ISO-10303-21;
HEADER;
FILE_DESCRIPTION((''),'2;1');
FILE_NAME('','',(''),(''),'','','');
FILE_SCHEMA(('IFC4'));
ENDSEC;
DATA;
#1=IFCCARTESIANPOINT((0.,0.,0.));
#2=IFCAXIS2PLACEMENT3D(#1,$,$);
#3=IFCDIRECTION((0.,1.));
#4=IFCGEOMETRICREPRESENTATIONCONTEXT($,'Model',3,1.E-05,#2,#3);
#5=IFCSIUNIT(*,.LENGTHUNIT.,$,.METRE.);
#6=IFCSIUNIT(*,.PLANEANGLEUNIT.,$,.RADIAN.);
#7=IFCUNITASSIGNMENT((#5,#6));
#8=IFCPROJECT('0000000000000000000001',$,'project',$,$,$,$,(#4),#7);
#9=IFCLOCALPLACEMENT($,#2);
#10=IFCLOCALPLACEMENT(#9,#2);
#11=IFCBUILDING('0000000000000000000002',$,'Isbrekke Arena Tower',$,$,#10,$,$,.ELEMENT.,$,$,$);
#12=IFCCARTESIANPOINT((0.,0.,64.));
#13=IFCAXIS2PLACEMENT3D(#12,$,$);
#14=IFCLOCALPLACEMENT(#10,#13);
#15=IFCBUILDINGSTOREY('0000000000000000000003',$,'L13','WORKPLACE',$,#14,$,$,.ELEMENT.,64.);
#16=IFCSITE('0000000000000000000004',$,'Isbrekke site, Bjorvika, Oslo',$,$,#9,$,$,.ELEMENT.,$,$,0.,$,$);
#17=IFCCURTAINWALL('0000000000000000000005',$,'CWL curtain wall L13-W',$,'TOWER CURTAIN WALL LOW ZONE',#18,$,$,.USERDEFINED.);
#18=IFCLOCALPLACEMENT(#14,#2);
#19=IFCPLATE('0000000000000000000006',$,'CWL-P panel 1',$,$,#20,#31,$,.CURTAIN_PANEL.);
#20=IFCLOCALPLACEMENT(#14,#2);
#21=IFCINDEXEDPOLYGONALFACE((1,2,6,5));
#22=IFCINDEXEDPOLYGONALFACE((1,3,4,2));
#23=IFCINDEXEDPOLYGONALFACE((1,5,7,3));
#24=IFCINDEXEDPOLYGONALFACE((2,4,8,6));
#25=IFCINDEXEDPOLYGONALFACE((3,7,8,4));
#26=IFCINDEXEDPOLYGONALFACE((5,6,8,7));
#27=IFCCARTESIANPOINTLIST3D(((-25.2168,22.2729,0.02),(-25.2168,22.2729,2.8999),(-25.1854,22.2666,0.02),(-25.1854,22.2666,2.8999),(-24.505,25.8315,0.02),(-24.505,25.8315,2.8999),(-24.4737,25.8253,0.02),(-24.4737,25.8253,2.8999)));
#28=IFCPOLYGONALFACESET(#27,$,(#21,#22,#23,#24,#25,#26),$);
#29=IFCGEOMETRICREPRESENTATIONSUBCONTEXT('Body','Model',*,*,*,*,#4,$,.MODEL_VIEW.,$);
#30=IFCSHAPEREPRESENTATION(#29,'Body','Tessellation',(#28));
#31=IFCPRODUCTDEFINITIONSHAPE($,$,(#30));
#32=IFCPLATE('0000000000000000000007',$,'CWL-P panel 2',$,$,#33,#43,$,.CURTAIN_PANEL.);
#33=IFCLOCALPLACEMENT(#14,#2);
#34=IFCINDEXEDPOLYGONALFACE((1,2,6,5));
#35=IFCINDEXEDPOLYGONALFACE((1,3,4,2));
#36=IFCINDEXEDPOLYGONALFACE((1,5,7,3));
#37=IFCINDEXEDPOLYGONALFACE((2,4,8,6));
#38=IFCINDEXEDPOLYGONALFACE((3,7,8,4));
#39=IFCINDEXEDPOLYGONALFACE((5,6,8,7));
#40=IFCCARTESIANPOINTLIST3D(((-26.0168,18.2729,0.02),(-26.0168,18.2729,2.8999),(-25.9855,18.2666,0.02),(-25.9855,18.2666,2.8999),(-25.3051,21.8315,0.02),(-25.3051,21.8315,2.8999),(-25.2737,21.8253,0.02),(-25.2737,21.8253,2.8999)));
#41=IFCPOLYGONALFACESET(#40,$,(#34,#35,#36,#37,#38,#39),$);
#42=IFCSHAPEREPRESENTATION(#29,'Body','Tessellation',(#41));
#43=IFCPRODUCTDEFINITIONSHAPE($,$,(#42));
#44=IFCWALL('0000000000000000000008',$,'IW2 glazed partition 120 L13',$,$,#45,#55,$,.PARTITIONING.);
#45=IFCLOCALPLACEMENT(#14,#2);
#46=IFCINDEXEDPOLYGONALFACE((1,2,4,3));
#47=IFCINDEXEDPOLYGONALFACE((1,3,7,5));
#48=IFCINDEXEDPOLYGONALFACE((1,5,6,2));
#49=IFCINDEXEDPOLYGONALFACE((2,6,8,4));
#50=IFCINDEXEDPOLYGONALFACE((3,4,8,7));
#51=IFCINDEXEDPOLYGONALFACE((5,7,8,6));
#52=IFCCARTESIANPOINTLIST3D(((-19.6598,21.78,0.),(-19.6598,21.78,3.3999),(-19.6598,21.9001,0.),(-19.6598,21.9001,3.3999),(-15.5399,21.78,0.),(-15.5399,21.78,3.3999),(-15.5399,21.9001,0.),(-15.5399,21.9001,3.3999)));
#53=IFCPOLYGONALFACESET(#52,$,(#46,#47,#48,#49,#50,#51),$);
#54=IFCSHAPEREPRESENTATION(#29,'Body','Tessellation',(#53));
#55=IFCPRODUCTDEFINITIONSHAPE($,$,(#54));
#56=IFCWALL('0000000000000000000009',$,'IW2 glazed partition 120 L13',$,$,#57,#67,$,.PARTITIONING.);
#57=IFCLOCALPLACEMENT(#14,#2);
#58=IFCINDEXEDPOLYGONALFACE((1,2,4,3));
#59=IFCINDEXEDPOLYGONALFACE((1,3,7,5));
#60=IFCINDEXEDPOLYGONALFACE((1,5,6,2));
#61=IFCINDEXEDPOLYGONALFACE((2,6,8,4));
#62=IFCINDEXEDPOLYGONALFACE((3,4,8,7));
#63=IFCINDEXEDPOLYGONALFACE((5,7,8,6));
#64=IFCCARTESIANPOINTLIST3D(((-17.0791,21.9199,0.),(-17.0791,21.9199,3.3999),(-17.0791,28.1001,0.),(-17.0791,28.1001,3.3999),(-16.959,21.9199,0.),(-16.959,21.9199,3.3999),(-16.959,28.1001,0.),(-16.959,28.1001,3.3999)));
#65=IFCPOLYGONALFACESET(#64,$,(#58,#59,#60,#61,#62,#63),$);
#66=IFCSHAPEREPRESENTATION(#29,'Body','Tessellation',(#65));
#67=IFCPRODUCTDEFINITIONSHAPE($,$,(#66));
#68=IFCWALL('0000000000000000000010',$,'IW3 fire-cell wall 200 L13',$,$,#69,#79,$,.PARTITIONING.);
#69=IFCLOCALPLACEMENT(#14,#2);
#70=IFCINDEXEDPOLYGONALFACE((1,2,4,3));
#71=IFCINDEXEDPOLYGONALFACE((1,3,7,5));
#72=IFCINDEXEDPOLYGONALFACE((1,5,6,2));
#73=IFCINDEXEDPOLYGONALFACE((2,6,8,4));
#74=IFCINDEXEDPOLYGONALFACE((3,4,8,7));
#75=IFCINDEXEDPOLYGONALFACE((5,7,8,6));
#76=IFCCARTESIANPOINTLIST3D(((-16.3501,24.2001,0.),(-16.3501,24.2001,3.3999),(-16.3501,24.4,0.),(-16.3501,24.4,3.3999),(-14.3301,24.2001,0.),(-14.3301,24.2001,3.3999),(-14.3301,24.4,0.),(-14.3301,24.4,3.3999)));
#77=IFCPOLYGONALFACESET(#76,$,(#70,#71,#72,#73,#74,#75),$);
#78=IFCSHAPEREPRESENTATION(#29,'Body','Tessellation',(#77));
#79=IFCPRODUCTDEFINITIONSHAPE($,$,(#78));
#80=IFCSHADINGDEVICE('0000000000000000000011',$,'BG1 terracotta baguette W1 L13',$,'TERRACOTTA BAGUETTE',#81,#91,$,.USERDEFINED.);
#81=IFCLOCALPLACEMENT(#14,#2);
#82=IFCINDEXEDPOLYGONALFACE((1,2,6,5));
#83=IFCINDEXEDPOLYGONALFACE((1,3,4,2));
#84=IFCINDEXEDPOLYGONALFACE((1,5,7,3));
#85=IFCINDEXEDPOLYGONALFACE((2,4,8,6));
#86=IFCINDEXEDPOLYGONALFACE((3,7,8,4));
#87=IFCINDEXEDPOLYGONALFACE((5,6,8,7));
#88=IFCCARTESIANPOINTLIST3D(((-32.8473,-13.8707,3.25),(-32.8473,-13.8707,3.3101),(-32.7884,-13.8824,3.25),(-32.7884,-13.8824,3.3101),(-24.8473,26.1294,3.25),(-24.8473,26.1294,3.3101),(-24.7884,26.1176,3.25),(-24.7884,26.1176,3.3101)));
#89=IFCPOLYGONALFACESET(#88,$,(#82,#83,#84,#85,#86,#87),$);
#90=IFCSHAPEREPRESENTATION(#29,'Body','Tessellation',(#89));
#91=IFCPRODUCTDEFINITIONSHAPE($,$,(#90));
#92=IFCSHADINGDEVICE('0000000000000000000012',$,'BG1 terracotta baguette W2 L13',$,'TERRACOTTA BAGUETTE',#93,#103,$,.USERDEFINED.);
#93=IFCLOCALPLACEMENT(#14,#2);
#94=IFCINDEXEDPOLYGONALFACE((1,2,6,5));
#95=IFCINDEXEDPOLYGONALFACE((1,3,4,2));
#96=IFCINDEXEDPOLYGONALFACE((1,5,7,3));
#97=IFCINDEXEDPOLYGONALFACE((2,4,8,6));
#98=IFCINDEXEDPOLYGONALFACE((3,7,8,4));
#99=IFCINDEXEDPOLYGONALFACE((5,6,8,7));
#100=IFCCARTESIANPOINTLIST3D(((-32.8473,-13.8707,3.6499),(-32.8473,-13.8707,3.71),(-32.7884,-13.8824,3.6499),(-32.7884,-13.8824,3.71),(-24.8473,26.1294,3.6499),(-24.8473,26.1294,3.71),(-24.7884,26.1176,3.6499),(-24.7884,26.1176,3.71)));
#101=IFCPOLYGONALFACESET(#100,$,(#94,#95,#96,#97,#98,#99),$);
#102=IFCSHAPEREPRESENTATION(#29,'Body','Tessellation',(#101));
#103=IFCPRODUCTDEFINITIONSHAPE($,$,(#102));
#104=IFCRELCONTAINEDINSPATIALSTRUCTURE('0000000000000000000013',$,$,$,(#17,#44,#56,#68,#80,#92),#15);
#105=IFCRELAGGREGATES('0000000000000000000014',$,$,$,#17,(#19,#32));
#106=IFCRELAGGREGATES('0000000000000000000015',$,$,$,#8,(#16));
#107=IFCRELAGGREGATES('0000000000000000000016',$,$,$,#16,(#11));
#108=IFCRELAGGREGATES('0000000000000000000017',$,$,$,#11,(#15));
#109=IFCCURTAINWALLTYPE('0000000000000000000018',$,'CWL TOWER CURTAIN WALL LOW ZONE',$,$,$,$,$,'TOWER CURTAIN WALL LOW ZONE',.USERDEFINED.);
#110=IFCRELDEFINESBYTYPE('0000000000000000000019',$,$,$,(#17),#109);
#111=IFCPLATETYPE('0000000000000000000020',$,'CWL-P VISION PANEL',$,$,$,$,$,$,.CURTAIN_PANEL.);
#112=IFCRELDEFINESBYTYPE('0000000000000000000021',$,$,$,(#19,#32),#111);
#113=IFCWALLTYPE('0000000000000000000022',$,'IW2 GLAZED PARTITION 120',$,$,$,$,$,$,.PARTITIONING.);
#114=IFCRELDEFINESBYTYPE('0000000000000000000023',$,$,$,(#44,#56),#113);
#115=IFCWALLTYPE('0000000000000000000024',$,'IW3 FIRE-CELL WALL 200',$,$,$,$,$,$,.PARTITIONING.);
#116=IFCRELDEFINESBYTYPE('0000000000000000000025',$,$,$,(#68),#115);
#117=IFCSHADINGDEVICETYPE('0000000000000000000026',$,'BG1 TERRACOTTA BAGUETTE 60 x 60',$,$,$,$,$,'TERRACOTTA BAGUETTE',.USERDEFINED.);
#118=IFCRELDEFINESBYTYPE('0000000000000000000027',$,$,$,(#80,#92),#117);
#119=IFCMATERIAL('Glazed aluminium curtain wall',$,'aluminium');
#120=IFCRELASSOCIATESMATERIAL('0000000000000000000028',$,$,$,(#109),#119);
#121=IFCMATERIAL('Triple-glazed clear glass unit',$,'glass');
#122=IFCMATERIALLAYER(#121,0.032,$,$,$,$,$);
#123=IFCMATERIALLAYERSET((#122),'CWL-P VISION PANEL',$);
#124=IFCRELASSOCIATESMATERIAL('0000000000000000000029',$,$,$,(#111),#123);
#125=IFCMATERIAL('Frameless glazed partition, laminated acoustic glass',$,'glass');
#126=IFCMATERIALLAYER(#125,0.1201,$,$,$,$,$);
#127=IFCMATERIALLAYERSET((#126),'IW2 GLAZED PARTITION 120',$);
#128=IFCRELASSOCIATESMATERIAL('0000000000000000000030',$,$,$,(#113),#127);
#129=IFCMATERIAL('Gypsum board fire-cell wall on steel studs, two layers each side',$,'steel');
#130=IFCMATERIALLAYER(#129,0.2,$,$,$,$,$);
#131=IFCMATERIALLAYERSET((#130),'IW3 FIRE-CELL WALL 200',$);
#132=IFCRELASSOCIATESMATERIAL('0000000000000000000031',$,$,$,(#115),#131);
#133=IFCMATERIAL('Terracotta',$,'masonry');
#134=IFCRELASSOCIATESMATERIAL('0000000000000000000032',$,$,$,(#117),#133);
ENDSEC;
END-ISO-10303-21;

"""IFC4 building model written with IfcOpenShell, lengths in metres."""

from ifc_helpers import new_model, si_unit, direction, frame, frame_2d, origin, origin_2d, place, context, subcontext, project, spatial, rectangle, extrude, material, layer, layer_set, material_profile, profile_set, type_object, element, aggregate, save


model = new_model("IFC4")

# Units and contexts
model_context = context("Model", 3, precision=1e-05, world=origin(), true_north=direction((0.0, 1.0)))
body_context = subcontext(model_context, "Body", "Model", "MODEL_VIEW")
ifc_project = project(units=[si_unit("LENGTHUNIT", "METRE"), si_unit("PLANEANGLEUNIT", "RADIAN")], contexts=[model_context])

# Site, building, storey
site_placement = place(None, origin())
site = spatial("IfcSite", under=ifc_project, at=site_placement, Name="Isbrekke site, Bjorvika, Oslo", CompositionType="ELEMENT", RefElevation=0.0)
building_placement = place(site_placement, origin())
building = spatial("IfcBuilding", under=site, at=building_placement, Name="Isbrekke Arena Tower", CompositionType="ELEMENT")
storey_placement = place(building_placement, frame((0.0, 0.0, 64.0)))
storey = spatial("IfcBuildingStorey", under=building, at=storey_placement, Name="L13", Description="WORKPLACE", CompositionType="ELEMENT", Elevation=64.0)

# Shared definitions
ifc_material_1 = material(Name="Glazed aluminium curtain wall", Category="aluminium")
curtain_wall_type = type_object("IfcCurtainWallType", Name="CWL TOWER CURTAIN WALL LOW ZONE", ElementType="TOWER CURTAIN WALL LOW ZONE", PredefinedType="USERDEFINED", material=ifc_material_1)

# Curtain wall
curtain_wall_1_placement = place(storey_placement, origin())
curtain_wall_1 = element("IfcCurtainWall", 1, at=curtain_wall_1_placement, inside=storey, type_object=curtain_wall_type, Name="CWL curtain wall L13-W", ObjectType="TOWER CURTAIN WALL LOW ZONE", PredefinedType="USERDEFINED")

# Plates
ifc_material_2 = material(Name="Triple-glazed clear glass unit", Category="glass")
ifc_layer_1 = layer(ifc_material_2, 0.032)
ifc_layer_set_1 = layer_set([ifc_layer_1], Name="CWL-P VISION PANEL")
plate_type = type_object("IfcPlateType", Name="CWL-P VISION PANEL", PredefinedType="CURTAIN_PANEL", material=ifc_layer_set_1)
plate_1_placement = place(storey_placement, frame((-24.8452, 24.0491, 0.02), z_axis=(0.0, 0.0, 1.0), x_axis=(-0.196116, -0.980581, 0.0)))
plate_1 = element("IfcPlate", 2, at=plate_1_placement, type_object=plate_type, Name="CWL-P panel 1", PredefinedType="CURTAIN_PANEL", context=body_context, shape_type="SweptSolid", body=[
    extrude(rectangle(XDim=3.6292, YDim=0.032, at=origin_2d()), origin(), (0.0, 0.0, 1.0), 2.8799),
])
plate_2_placement = place(storey_placement, frame((-25.6453, 20.0491, 0.02), z_axis=(0.0, 0.0, 1.0), x_axis=(-0.196116, -0.980581, 0.0)))
plate_2 = element("IfcPlate", 3, at=plate_2_placement, type_object=plate_type, Name="CWL-P panel 2", PredefinedType="CURTAIN_PANEL", context=body_context, shape_type="SweptSolid", body=[
    extrude(rectangle(XDim=3.6292, YDim=0.032, at=origin_2d()), origin(), (0.0, 0.0, 1.0), 2.8799),
])
aggregate(curtain_wall_1, [plate_1, plate_2])

# Walls
ifc_material_3 = material(Name="Frameless glazed partition, laminated acoustic glass", Category="glass")
ifc_layer_2 = layer(ifc_material_3, 0.1201)
ifc_layer_set_2 = layer_set([ifc_layer_2], Name="IW2 GLAZED PARTITION 120")
wall_type_1 = type_object("IfcWallType", Name="IW2 GLAZED PARTITION 120", PredefinedType="PARTITIONING", material=ifc_layer_set_2)
wall_1_placement = place(storey_placement, frame((-19.6599, 21.8401, 0.0), z_axis=(0.0, 0.0, 1.0), x_axis=(1.0, 0.0, 0.0)))
element("IfcWall", 4, at=wall_1_placement, inside=storey, type_object=wall_type_1, Name="IW2 glazed partition 120 L13", PredefinedType="PARTITIONING", context=body_context, shape_type="SweptSolid", body=[
    extrude(rectangle(XDim=4.1199, YDim=0.1201, at=frame_2d((2.0601, 0.0))), origin(), (0.0, 0.0, 1.0), 3.3999),
])
wall_2_placement = place(storey_placement, frame((-17.019, 21.9199, 0.0), z_axis=(0.0, 0.0, 1.0), x_axis=(0.0, 1.0, 0.0)))
element("IfcWall", 5, at=wall_2_placement, inside=storey, type_object=wall_type_1, Name="IW2 glazed partition 120 L13", PredefinedType="PARTITIONING", context=body_context, shape_type="SweptSolid", body=[
    extrude(rectangle(XDim=6.1802, YDim=0.1201, at=frame_2d((3.0901, 0.0))), origin(), (0.0, 0.0, 1.0), 3.3999),
])
ifc_material_4 = material(Name="Gypsum board fire-cell wall on steel studs, two layers each side", Category="steel")
ifc_layer_3 = layer(ifc_material_4, 0.2)
ifc_layer_set_3 = layer_set([ifc_layer_3], Name="IW3 FIRE-CELL WALL 200")
wall_type_2 = type_object("IfcWallType", Name="IW3 FIRE-CELL WALL 200", PredefinedType="PARTITIONING", material=ifc_layer_set_3)
wall_3_placement = place(storey_placement, frame((-16.3501, 24.3, 0.0), z_axis=(0.0, 0.0, 1.0), x_axis=(1.0, 0.0, 0.0)))
element("IfcWall", 6, at=wall_3_placement, inside=storey, type_object=wall_type_2, Name="IW3 fire-cell wall 200 L13", PredefinedType="PARTITIONING", context=body_context, shape_type="SweptSolid", body=[
    extrude(rectangle(XDim=2.02, YDim=0.2, at=frame_2d((1.01, 0.0))), origin(), (0.0, 0.0, 1.0), 3.3999),
])

# Shading devices
ifc_material_5 = material(Name="Terracotta", Category="masonry")
ifc_material_profile_1 = material_profile(ifc_material_5, rectangle(XDim=0.0601, YDim=0.0601, at=origin_2d()), Name="BAGUETTE 60X60")
ifc_profile_set_1 = profile_set([ifc_material_profile_1], Name="Terracotta")
shading_device_type = type_object("IfcShadingDeviceType", Name="BG1 TERRACOTTA BAGUETTE 60 x 60", ElementType="TERRACOTTA BAGUETTE", PredefinedType="USERDEFINED", material=ifc_profile_set_1)
for number, where, z_axis, x_axis, name in (
    (7, (-24.8179, 26.1235, 3.28), (-0.196116, -0.980581, 0.0), (0.980581, -0.196116, 0.0), "BG1 terracotta baguette W1 L13"),
    (8, (-24.8179, 26.1235, 3.6799), (-0.196116, -0.980581, 0.0), (0.980581, -0.196116, 0.0), "BG1 terracotta baguette W2 L13"),
):
    element("IfcShadingDevice", number, at=place(storey_placement, frame(where, z_axis=z_axis, x_axis=x_axis)), inside=storey, type_object=shading_device_type, Name=name, ObjectType="TERRACOTTA BAGUETTE", PredefinedType="USERDEFINED", context=body_context, shape_type="SweptSolid", body=[
        extrude(rectangle(XDim=0.0601, YDim=0.0601, at=origin_2d()), origin(), (0.0, 0.0, 1.0), 40.7922),
    ])

save(model, "model.ifc")
